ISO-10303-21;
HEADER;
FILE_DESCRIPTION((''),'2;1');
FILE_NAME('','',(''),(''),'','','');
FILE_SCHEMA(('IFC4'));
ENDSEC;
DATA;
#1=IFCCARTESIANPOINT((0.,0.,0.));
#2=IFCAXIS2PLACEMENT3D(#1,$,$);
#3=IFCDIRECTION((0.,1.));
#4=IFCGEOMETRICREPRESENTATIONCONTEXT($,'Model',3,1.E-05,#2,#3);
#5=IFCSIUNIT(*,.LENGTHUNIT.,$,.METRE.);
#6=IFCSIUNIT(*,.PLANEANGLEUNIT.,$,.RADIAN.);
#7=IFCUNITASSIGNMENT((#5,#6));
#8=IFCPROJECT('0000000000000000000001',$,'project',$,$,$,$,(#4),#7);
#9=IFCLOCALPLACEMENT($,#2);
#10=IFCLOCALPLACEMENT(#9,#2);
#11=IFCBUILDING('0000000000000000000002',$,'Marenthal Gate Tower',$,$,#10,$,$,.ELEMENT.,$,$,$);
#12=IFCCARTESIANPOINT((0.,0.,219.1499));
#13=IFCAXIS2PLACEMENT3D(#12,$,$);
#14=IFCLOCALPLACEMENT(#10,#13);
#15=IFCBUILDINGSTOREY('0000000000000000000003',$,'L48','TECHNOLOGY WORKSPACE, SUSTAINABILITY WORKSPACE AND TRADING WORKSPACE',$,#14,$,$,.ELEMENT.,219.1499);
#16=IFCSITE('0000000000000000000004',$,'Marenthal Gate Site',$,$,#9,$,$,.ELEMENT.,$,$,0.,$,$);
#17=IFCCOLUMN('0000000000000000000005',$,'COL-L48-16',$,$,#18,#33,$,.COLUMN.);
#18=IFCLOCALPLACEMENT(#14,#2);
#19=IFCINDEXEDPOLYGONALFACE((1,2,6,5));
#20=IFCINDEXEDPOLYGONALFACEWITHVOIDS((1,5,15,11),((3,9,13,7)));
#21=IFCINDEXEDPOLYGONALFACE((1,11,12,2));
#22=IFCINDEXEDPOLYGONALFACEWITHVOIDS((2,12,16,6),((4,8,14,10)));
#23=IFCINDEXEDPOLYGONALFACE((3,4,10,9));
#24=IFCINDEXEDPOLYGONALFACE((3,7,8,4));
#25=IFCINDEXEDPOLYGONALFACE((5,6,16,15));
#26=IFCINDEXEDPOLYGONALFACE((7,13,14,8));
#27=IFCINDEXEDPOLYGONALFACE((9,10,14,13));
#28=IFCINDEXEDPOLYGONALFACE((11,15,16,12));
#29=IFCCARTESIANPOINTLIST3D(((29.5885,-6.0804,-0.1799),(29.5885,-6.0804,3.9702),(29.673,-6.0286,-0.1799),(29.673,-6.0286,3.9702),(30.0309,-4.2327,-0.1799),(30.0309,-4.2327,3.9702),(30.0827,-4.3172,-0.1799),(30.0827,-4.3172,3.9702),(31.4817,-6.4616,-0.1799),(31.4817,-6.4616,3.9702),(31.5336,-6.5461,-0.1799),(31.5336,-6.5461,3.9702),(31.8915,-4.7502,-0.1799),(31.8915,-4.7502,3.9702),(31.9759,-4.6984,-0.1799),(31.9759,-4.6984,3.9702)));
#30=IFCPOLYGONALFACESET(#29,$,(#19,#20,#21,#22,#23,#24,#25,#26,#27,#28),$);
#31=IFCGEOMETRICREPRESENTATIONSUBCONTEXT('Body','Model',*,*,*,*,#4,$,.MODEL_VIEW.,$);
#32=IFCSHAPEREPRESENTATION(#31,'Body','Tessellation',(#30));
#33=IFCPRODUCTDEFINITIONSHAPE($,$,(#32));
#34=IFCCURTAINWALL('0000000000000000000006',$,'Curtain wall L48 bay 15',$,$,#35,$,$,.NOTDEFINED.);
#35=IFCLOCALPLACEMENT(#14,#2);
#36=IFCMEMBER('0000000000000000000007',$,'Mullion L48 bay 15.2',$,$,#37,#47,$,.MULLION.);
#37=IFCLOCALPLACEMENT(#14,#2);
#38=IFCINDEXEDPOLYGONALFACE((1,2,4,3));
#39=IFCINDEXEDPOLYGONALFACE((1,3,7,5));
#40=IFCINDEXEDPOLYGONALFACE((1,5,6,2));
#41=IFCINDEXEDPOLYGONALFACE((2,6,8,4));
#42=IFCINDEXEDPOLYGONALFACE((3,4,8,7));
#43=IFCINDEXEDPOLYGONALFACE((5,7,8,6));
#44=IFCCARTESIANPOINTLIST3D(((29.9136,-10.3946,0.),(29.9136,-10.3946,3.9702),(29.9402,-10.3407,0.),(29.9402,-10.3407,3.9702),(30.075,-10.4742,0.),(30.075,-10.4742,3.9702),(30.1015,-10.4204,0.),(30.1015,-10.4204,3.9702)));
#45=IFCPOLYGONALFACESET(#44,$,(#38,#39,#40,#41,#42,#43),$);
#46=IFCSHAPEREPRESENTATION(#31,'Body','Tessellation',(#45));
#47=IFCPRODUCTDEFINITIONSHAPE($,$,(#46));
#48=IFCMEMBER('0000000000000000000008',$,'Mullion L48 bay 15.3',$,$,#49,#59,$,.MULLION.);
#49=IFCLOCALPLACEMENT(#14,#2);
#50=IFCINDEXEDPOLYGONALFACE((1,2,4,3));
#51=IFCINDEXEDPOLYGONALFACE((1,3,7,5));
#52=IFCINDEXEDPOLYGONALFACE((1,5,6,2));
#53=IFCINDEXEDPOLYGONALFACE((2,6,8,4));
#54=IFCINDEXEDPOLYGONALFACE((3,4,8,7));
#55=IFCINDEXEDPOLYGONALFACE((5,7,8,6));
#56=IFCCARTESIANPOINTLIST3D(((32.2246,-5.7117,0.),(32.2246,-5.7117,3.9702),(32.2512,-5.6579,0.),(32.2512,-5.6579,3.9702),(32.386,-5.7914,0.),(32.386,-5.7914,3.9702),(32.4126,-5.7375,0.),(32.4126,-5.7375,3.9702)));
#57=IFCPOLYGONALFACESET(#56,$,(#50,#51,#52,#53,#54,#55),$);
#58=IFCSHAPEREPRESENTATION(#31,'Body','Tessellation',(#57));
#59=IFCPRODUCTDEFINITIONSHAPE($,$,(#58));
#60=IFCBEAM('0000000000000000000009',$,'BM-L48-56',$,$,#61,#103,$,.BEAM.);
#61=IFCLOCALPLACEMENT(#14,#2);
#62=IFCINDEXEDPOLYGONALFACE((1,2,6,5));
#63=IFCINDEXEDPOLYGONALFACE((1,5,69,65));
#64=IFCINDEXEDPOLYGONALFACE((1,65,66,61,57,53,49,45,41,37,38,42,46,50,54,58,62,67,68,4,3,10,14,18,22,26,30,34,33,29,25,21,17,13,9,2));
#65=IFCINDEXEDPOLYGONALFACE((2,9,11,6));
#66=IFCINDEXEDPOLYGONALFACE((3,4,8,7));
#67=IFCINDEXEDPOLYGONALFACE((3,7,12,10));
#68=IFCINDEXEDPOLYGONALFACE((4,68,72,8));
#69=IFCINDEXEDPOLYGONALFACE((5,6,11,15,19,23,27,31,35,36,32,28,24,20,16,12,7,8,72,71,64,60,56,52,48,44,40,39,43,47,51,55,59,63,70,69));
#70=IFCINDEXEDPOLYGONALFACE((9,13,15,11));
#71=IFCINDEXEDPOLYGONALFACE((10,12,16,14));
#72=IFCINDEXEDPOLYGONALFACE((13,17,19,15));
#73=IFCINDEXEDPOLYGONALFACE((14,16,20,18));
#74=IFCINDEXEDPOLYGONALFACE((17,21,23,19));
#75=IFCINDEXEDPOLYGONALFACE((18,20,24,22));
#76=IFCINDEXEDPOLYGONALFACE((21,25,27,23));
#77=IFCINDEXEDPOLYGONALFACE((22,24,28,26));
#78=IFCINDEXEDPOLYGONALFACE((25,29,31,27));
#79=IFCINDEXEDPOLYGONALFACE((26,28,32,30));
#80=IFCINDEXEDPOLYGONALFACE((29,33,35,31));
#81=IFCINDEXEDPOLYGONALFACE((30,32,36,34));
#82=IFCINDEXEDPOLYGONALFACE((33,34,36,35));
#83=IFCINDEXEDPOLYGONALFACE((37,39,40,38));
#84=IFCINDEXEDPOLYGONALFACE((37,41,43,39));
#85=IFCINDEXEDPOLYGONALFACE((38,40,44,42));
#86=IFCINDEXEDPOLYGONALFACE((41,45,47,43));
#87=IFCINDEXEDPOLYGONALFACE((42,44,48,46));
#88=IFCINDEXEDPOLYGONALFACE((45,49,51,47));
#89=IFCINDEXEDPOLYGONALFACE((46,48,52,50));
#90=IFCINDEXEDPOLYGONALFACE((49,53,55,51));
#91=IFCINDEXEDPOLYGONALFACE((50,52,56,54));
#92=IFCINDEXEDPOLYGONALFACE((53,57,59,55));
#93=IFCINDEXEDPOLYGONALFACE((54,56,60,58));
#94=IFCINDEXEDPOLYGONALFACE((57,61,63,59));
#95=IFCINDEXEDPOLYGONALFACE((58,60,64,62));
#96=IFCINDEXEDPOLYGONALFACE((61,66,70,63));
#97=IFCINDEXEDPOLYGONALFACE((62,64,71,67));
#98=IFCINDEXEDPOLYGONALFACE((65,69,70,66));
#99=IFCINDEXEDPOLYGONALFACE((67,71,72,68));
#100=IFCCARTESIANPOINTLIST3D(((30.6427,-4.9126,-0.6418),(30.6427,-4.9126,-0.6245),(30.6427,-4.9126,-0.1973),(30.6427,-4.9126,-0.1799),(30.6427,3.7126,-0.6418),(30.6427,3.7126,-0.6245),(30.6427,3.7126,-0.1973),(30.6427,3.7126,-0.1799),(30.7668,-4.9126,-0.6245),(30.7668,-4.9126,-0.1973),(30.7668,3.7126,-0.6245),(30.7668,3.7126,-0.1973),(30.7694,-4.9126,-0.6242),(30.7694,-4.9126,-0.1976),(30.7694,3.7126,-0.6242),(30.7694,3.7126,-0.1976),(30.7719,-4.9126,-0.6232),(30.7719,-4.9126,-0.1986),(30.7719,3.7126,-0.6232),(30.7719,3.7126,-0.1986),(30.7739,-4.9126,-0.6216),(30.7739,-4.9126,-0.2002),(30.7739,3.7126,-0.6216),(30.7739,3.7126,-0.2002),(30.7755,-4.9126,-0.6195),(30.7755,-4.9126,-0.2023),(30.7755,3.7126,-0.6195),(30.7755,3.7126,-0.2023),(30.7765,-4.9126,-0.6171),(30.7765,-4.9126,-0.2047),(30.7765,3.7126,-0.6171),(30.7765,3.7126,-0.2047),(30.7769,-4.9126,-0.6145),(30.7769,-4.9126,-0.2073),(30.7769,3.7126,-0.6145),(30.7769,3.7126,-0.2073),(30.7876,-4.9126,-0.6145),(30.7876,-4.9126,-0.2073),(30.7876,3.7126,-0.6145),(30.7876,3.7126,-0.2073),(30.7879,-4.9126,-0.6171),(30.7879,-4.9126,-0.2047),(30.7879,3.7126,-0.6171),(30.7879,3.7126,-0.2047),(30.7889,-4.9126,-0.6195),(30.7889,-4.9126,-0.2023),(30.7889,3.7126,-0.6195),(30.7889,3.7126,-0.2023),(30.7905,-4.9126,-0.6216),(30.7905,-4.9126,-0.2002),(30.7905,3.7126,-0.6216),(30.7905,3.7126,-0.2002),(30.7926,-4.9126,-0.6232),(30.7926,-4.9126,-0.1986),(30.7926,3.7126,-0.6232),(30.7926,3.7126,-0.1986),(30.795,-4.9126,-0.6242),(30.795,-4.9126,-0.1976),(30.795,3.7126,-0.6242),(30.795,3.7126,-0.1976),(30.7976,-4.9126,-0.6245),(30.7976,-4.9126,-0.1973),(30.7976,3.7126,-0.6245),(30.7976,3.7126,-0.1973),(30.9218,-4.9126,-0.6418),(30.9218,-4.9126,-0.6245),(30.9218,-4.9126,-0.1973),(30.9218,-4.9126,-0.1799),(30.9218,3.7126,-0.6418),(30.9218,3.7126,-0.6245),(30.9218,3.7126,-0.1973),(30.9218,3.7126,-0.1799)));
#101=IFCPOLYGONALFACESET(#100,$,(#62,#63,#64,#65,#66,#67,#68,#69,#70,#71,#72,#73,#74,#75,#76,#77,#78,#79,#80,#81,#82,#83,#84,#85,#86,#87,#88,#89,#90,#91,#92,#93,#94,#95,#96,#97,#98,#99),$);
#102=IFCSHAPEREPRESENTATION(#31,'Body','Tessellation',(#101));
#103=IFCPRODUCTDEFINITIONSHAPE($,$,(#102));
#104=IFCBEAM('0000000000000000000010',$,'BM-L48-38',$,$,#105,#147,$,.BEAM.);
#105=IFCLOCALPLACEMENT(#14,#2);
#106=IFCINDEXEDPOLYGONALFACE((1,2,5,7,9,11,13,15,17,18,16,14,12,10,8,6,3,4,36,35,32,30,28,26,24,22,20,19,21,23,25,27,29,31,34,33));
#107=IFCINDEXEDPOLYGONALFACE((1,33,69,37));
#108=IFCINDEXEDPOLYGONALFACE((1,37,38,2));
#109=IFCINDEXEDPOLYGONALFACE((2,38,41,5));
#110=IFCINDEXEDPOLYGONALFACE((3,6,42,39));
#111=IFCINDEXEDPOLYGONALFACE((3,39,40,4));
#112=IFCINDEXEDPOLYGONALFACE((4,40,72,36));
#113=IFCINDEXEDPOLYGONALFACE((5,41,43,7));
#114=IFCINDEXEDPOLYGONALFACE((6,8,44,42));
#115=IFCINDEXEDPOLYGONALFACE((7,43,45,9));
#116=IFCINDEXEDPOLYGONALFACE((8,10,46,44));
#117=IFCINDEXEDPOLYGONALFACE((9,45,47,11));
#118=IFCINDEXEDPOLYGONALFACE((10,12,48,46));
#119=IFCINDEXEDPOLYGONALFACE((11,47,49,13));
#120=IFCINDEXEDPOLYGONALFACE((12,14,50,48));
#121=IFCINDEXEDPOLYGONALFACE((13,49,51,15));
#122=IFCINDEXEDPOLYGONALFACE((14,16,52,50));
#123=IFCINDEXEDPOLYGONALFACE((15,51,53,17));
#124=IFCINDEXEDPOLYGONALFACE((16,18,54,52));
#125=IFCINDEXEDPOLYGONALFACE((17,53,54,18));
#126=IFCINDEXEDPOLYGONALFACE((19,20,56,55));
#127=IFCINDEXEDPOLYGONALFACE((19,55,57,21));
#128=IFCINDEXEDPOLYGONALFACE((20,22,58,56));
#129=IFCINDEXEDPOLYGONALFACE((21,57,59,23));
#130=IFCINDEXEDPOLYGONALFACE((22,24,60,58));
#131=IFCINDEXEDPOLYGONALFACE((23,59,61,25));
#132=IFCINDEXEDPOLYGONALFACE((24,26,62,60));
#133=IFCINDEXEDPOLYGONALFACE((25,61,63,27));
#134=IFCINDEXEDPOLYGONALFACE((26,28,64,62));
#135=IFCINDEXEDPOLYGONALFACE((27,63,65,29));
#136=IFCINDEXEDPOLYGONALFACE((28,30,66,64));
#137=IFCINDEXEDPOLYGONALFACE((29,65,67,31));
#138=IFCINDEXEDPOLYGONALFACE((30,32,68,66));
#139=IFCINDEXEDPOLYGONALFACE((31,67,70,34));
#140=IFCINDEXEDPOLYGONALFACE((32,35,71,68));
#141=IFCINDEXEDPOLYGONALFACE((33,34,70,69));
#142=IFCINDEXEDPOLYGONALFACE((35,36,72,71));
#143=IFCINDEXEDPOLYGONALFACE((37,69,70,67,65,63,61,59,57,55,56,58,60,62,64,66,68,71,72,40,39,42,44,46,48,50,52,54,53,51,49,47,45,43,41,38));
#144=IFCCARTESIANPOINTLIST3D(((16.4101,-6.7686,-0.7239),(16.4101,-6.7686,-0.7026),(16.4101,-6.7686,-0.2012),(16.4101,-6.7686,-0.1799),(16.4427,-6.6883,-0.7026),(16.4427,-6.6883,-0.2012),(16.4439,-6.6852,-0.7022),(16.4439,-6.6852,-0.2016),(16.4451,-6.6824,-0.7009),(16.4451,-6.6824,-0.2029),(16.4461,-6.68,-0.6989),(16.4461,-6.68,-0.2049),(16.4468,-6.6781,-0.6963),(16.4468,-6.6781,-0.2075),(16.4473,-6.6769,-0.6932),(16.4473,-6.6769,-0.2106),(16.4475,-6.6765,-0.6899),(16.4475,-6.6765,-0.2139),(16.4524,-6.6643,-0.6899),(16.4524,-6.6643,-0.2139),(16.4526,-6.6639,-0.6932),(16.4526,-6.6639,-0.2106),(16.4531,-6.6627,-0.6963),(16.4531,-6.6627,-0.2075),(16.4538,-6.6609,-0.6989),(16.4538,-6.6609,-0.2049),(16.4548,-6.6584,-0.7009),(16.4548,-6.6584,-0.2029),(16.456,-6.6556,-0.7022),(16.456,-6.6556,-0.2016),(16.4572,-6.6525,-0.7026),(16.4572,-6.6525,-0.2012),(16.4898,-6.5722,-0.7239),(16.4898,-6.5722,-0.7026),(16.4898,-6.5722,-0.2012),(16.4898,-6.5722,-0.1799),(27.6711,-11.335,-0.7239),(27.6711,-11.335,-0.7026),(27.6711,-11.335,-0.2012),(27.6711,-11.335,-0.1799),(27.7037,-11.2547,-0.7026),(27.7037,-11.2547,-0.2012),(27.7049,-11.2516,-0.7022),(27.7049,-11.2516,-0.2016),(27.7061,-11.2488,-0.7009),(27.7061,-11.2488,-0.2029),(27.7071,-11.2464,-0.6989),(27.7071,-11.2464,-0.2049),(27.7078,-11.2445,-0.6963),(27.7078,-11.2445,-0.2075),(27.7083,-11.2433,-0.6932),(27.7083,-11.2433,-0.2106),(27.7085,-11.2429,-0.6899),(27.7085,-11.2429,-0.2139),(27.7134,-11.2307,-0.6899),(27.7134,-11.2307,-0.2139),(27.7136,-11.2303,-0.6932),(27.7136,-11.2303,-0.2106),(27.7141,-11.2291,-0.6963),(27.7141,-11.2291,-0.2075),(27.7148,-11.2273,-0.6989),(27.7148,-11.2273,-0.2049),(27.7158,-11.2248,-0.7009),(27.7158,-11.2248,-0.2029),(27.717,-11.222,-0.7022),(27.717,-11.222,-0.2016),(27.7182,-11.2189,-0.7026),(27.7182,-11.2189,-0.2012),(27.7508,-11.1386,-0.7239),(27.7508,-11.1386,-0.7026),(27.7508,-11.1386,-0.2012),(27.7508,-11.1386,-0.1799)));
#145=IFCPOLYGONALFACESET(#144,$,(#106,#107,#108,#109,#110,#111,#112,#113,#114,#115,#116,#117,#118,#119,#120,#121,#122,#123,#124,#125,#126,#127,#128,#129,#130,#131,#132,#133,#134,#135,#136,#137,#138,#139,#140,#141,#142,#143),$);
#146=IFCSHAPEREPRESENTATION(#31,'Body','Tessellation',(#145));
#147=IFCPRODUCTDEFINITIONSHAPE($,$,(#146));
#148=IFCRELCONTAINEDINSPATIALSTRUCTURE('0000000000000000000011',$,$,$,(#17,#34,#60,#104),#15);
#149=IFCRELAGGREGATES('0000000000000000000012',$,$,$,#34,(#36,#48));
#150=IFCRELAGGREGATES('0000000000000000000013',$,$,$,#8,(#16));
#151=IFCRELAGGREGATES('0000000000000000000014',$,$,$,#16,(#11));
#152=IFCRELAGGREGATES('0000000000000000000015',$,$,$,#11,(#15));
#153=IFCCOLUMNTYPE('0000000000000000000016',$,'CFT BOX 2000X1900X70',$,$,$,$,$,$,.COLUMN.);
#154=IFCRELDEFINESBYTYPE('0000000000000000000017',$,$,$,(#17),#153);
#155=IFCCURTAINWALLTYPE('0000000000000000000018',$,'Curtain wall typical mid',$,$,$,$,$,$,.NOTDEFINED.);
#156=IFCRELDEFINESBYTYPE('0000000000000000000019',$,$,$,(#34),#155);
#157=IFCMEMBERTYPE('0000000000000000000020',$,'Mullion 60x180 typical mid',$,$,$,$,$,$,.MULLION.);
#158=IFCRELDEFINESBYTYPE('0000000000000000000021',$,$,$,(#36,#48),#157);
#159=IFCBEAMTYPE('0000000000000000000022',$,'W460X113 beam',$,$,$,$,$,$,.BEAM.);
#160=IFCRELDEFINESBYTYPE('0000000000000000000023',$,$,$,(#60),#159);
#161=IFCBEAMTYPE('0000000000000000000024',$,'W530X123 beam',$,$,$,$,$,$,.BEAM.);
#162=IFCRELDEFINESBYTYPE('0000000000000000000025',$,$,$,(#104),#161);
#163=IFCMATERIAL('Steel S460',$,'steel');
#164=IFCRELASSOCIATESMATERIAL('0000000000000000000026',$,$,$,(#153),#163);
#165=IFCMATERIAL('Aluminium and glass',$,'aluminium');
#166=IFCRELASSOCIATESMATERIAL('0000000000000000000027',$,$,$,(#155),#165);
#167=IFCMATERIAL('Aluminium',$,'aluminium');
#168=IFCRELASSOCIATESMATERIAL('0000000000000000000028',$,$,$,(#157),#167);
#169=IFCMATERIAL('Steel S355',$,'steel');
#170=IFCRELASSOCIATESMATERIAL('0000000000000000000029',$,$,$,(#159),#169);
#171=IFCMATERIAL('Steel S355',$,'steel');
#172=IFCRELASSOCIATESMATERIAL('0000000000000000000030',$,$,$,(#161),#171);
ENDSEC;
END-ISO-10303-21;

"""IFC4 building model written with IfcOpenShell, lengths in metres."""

from ifc_helpers import new_model, si_unit, direction, frame, origin, origin_2d, place, context, subcontext, project, spatial, rectangle, hollow_rectangle, i_section, extrude, material, material_profile, profile_set, type_object, element, aggregate, save


model = new_model("IFC4")

# Units and contexts
model_context = context("Model", 3, precision=1e-05, world=origin(), true_north=direction((0.0, 1.0)))
body_context = subcontext(model_context, "Body", "Model", "MODEL_VIEW")
ifc_project = project(units=[si_unit("LENGTHUNIT", "METRE"), si_unit("PLANEANGLEUNIT", "RADIAN")], contexts=[model_context])

# Site, building, storey
site_placement = place(None, origin())
site = spatial("IfcSite", under=ifc_project, at=site_placement, Name="Marenthal Gate Site", CompositionType="ELEMENT", RefElevation=0.0)
building_placement = place(site_placement, origin())
building = spatial("IfcBuilding", under=site, at=building_placement, Name="Marenthal Gate Tower", CompositionType="ELEMENT")
storey_placement = place(building_placement, frame((0.0, 0.0, 219.1499)))
storey = spatial("IfcBuildingStorey", under=building, at=storey_placement, Name="L48", Description="TECHNOLOGY WORKSPACE, SUSTAINABILITY WORKSPACE AND TRADING WORKSPACE", CompositionType="ELEMENT", Elevation=219.1499)

# Column
ifc_material_1 = material(Name="Steel S460", Category="steel")
ifc_material_profile_1 = material_profile(ifc_material_1, hollow_rectangle(XDim=1.8999, YDim=2.0, WallThickness=0.0701, at=origin_2d()), Name="CFT BOX 2000X1900X70")
ifc_material_2 = material(Name="Concrete 70 MPa", Category="concrete")
ifc_material_profile_2 = material_profile(ifc_material_2, rectangle(XDim=1.76, YDim=1.8601, at=origin_2d()), Name="CFT BOX 2000X1900X70 INFILL")
ifc_profile_set_1 = profile_set([ifc_material_profile_1, ifc_material_profile_2], Name="Steel S460 shell, Concrete 70 MPa infill")
column_type = type_object("IfcColumnType", Name="CFT BOX 2000X1900X70", PredefinedType="COLUMN", material=ifc_profile_set_1)
column_placement = place(storey_placement, frame((30.7822, -5.3894, -0.1799), z_axis=(0.0, 0.0, 1.0), x_axis=(-0.232843, -0.972514, 0.0)))
element("IfcColumn", 1, at=column_placement, inside=storey, type_object=column_type, Name="COL-L48-16", PredefinedType="COLUMN", context=body_context, shape_type="SweptSolid", body=[
    extrude(hollow_rectangle(XDim=1.8999, YDim=2.0, WallThickness=0.0701, at=origin_2d()), origin(), (0.0, 0.0, 1.0), 4.1501),
])

# Curtain wall, members
ifc_material_3 = material(Name="Aluminium and glass", Category="aluminium")
curtain_wall_type = type_object("IfcCurtainWallType", Name="Curtain wall typical mid", PredefinedType="NOTDEFINED", material=ifc_material_3)
curtain_wall_placement = place(storey_placement, origin())
curtain_wall = element("IfcCurtainWall", 2, at=curtain_wall_placement, inside=storey, type_object=curtain_wall_type, Name="Curtain wall L48 bay 15", PredefinedType="NOTDEFINED")
ifc_material_4 = material(Name="Aluminium", Category="aluminium")
ifc_material_profile_3 = material_profile(ifc_material_4, rectangle(XDim=0.1799, YDim=0.0601, at=origin_2d()), Name="60x180 aluminium mullion")
ifc_profile_set_2 = profile_set([ifc_material_profile_3], Name="Aluminium")
member_type = type_object("IfcMemberType", Name="Mullion 60x180 typical mid", PredefinedType="MULLION", material=ifc_profile_set_2)
member_1_placement = place(storey_placement, frame((30.0076, -10.4075, 0.0), z_axis=(0.0, 0.0, 1.0), x_axis=(-0.896757, 0.442523, 0.0)))
member_1 = element("IfcMember", 3, at=member_1_placement, type_object=member_type, Name="Mullion L48 bay 15.2", PredefinedType="MULLION", context=body_context, shape_type="SweptSolid", body=[
    extrude(rectangle(XDim=0.1799, YDim=0.0601, at=origin_2d()), origin(), (0.0, 0.0, 1.0), 3.9702),
])
member_2_placement = place(storey_placement, frame((32.3186, -5.7246, 0.0), z_axis=(0.0, 0.0, 1.0), x_axis=(-0.896757, 0.442523, 0.0)))
member_2 = element("IfcMember", 4, at=member_2_placement, type_object=member_type, Name="Mullion L48 bay 15.3", PredefinedType="MULLION", context=body_context, shape_type="SweptSolid", body=[
    extrude(rectangle(XDim=0.1799, YDim=0.0601, at=origin_2d()), origin(), (0.0, 0.0, 1.0), 3.9702),
])

# Beams
ifc_material_5 = material(Name="Steel S355", Category="steel")
ifc_material_profile_4 = material_profile(ifc_material_5, i_section(OverallWidth=0.2791, OverallDepth=0.4619, WebThickness=0.0107, FlangeThickness=0.0173, FilletRadius=0.01, at=origin_2d()), Name="W460X113")
ifc_profile_set_3 = profile_set([ifc_material_profile_4], Name="Steel S355")
beam_type_1 = type_object("IfcBeamType", Name="W460X113 beam", PredefinedType="BEAM", material=ifc_profile_set_3)
beam_1_placement = place(storey_placement, frame((30.7822, -4.9126, -0.4109), z_axis=(0.0, 1.0, 0.0), x_axis=(-1.0, 0.0, 0.0)))
element("IfcBeam", 5, at=beam_1_placement, inside=storey, type_object=beam_type_1, Name="BM-L48-56", PredefinedType="BEAM", context=body_context, shape_type="SweptSolid", body=[
    extrude(i_section(OverallWidth=0.2791, OverallDepth=0.4619, WebThickness=0.0107, FlangeThickness=0.0173, FilletRadius=0.01, at=origin_2d()), origin(), (0.0, 0.0, 1.0), 8.6252),
])
ifc_material_6 = material(Name="Steel S355", Category="steel")
ifc_material_profile_5 = material_profile(ifc_material_6, i_section(OverallWidth=0.2119, OverallDepth=0.5439, WebThickness=0.0132, FlangeThickness=0.0212, FilletRadius=0.0127, at=origin_2d()), Name="W530X123")
ifc_profile_set_4 = profile_set([ifc_material_profile_5], Name="Steel S355")
beam_type_2 = type_object("IfcBeamType", Name="W530X123 beam", PredefinedType="BEAM", material=ifc_profile_set_4)
beam_2_placement = place(storey_placement, frame((27.7109, -11.2368, -0.4519), z_axis=(-0.926707, 0.375786, 0.0), x_axis=(-0.375786, -0.926707, 0.0)))
element("IfcBeam", 6, at=beam_2_placement, inside=storey, type_object=beam_type_2, Name="BM-L48-38", PredefinedType="BEAM", context=body_context, shape_type="SweptSolid", body=[
    extrude(i_section(OverallWidth=0.2119, OverallDepth=0.5439, WebThickness=0.0132, FlangeThickness=0.0212, FilletRadius=0.0127, at=origin_2d()), origin(), (0.0, 0.0, 1.0), 12.1516),
])

aggregate(curtain_wall, [member_1, member_2])

save(model, "model.ifc")
